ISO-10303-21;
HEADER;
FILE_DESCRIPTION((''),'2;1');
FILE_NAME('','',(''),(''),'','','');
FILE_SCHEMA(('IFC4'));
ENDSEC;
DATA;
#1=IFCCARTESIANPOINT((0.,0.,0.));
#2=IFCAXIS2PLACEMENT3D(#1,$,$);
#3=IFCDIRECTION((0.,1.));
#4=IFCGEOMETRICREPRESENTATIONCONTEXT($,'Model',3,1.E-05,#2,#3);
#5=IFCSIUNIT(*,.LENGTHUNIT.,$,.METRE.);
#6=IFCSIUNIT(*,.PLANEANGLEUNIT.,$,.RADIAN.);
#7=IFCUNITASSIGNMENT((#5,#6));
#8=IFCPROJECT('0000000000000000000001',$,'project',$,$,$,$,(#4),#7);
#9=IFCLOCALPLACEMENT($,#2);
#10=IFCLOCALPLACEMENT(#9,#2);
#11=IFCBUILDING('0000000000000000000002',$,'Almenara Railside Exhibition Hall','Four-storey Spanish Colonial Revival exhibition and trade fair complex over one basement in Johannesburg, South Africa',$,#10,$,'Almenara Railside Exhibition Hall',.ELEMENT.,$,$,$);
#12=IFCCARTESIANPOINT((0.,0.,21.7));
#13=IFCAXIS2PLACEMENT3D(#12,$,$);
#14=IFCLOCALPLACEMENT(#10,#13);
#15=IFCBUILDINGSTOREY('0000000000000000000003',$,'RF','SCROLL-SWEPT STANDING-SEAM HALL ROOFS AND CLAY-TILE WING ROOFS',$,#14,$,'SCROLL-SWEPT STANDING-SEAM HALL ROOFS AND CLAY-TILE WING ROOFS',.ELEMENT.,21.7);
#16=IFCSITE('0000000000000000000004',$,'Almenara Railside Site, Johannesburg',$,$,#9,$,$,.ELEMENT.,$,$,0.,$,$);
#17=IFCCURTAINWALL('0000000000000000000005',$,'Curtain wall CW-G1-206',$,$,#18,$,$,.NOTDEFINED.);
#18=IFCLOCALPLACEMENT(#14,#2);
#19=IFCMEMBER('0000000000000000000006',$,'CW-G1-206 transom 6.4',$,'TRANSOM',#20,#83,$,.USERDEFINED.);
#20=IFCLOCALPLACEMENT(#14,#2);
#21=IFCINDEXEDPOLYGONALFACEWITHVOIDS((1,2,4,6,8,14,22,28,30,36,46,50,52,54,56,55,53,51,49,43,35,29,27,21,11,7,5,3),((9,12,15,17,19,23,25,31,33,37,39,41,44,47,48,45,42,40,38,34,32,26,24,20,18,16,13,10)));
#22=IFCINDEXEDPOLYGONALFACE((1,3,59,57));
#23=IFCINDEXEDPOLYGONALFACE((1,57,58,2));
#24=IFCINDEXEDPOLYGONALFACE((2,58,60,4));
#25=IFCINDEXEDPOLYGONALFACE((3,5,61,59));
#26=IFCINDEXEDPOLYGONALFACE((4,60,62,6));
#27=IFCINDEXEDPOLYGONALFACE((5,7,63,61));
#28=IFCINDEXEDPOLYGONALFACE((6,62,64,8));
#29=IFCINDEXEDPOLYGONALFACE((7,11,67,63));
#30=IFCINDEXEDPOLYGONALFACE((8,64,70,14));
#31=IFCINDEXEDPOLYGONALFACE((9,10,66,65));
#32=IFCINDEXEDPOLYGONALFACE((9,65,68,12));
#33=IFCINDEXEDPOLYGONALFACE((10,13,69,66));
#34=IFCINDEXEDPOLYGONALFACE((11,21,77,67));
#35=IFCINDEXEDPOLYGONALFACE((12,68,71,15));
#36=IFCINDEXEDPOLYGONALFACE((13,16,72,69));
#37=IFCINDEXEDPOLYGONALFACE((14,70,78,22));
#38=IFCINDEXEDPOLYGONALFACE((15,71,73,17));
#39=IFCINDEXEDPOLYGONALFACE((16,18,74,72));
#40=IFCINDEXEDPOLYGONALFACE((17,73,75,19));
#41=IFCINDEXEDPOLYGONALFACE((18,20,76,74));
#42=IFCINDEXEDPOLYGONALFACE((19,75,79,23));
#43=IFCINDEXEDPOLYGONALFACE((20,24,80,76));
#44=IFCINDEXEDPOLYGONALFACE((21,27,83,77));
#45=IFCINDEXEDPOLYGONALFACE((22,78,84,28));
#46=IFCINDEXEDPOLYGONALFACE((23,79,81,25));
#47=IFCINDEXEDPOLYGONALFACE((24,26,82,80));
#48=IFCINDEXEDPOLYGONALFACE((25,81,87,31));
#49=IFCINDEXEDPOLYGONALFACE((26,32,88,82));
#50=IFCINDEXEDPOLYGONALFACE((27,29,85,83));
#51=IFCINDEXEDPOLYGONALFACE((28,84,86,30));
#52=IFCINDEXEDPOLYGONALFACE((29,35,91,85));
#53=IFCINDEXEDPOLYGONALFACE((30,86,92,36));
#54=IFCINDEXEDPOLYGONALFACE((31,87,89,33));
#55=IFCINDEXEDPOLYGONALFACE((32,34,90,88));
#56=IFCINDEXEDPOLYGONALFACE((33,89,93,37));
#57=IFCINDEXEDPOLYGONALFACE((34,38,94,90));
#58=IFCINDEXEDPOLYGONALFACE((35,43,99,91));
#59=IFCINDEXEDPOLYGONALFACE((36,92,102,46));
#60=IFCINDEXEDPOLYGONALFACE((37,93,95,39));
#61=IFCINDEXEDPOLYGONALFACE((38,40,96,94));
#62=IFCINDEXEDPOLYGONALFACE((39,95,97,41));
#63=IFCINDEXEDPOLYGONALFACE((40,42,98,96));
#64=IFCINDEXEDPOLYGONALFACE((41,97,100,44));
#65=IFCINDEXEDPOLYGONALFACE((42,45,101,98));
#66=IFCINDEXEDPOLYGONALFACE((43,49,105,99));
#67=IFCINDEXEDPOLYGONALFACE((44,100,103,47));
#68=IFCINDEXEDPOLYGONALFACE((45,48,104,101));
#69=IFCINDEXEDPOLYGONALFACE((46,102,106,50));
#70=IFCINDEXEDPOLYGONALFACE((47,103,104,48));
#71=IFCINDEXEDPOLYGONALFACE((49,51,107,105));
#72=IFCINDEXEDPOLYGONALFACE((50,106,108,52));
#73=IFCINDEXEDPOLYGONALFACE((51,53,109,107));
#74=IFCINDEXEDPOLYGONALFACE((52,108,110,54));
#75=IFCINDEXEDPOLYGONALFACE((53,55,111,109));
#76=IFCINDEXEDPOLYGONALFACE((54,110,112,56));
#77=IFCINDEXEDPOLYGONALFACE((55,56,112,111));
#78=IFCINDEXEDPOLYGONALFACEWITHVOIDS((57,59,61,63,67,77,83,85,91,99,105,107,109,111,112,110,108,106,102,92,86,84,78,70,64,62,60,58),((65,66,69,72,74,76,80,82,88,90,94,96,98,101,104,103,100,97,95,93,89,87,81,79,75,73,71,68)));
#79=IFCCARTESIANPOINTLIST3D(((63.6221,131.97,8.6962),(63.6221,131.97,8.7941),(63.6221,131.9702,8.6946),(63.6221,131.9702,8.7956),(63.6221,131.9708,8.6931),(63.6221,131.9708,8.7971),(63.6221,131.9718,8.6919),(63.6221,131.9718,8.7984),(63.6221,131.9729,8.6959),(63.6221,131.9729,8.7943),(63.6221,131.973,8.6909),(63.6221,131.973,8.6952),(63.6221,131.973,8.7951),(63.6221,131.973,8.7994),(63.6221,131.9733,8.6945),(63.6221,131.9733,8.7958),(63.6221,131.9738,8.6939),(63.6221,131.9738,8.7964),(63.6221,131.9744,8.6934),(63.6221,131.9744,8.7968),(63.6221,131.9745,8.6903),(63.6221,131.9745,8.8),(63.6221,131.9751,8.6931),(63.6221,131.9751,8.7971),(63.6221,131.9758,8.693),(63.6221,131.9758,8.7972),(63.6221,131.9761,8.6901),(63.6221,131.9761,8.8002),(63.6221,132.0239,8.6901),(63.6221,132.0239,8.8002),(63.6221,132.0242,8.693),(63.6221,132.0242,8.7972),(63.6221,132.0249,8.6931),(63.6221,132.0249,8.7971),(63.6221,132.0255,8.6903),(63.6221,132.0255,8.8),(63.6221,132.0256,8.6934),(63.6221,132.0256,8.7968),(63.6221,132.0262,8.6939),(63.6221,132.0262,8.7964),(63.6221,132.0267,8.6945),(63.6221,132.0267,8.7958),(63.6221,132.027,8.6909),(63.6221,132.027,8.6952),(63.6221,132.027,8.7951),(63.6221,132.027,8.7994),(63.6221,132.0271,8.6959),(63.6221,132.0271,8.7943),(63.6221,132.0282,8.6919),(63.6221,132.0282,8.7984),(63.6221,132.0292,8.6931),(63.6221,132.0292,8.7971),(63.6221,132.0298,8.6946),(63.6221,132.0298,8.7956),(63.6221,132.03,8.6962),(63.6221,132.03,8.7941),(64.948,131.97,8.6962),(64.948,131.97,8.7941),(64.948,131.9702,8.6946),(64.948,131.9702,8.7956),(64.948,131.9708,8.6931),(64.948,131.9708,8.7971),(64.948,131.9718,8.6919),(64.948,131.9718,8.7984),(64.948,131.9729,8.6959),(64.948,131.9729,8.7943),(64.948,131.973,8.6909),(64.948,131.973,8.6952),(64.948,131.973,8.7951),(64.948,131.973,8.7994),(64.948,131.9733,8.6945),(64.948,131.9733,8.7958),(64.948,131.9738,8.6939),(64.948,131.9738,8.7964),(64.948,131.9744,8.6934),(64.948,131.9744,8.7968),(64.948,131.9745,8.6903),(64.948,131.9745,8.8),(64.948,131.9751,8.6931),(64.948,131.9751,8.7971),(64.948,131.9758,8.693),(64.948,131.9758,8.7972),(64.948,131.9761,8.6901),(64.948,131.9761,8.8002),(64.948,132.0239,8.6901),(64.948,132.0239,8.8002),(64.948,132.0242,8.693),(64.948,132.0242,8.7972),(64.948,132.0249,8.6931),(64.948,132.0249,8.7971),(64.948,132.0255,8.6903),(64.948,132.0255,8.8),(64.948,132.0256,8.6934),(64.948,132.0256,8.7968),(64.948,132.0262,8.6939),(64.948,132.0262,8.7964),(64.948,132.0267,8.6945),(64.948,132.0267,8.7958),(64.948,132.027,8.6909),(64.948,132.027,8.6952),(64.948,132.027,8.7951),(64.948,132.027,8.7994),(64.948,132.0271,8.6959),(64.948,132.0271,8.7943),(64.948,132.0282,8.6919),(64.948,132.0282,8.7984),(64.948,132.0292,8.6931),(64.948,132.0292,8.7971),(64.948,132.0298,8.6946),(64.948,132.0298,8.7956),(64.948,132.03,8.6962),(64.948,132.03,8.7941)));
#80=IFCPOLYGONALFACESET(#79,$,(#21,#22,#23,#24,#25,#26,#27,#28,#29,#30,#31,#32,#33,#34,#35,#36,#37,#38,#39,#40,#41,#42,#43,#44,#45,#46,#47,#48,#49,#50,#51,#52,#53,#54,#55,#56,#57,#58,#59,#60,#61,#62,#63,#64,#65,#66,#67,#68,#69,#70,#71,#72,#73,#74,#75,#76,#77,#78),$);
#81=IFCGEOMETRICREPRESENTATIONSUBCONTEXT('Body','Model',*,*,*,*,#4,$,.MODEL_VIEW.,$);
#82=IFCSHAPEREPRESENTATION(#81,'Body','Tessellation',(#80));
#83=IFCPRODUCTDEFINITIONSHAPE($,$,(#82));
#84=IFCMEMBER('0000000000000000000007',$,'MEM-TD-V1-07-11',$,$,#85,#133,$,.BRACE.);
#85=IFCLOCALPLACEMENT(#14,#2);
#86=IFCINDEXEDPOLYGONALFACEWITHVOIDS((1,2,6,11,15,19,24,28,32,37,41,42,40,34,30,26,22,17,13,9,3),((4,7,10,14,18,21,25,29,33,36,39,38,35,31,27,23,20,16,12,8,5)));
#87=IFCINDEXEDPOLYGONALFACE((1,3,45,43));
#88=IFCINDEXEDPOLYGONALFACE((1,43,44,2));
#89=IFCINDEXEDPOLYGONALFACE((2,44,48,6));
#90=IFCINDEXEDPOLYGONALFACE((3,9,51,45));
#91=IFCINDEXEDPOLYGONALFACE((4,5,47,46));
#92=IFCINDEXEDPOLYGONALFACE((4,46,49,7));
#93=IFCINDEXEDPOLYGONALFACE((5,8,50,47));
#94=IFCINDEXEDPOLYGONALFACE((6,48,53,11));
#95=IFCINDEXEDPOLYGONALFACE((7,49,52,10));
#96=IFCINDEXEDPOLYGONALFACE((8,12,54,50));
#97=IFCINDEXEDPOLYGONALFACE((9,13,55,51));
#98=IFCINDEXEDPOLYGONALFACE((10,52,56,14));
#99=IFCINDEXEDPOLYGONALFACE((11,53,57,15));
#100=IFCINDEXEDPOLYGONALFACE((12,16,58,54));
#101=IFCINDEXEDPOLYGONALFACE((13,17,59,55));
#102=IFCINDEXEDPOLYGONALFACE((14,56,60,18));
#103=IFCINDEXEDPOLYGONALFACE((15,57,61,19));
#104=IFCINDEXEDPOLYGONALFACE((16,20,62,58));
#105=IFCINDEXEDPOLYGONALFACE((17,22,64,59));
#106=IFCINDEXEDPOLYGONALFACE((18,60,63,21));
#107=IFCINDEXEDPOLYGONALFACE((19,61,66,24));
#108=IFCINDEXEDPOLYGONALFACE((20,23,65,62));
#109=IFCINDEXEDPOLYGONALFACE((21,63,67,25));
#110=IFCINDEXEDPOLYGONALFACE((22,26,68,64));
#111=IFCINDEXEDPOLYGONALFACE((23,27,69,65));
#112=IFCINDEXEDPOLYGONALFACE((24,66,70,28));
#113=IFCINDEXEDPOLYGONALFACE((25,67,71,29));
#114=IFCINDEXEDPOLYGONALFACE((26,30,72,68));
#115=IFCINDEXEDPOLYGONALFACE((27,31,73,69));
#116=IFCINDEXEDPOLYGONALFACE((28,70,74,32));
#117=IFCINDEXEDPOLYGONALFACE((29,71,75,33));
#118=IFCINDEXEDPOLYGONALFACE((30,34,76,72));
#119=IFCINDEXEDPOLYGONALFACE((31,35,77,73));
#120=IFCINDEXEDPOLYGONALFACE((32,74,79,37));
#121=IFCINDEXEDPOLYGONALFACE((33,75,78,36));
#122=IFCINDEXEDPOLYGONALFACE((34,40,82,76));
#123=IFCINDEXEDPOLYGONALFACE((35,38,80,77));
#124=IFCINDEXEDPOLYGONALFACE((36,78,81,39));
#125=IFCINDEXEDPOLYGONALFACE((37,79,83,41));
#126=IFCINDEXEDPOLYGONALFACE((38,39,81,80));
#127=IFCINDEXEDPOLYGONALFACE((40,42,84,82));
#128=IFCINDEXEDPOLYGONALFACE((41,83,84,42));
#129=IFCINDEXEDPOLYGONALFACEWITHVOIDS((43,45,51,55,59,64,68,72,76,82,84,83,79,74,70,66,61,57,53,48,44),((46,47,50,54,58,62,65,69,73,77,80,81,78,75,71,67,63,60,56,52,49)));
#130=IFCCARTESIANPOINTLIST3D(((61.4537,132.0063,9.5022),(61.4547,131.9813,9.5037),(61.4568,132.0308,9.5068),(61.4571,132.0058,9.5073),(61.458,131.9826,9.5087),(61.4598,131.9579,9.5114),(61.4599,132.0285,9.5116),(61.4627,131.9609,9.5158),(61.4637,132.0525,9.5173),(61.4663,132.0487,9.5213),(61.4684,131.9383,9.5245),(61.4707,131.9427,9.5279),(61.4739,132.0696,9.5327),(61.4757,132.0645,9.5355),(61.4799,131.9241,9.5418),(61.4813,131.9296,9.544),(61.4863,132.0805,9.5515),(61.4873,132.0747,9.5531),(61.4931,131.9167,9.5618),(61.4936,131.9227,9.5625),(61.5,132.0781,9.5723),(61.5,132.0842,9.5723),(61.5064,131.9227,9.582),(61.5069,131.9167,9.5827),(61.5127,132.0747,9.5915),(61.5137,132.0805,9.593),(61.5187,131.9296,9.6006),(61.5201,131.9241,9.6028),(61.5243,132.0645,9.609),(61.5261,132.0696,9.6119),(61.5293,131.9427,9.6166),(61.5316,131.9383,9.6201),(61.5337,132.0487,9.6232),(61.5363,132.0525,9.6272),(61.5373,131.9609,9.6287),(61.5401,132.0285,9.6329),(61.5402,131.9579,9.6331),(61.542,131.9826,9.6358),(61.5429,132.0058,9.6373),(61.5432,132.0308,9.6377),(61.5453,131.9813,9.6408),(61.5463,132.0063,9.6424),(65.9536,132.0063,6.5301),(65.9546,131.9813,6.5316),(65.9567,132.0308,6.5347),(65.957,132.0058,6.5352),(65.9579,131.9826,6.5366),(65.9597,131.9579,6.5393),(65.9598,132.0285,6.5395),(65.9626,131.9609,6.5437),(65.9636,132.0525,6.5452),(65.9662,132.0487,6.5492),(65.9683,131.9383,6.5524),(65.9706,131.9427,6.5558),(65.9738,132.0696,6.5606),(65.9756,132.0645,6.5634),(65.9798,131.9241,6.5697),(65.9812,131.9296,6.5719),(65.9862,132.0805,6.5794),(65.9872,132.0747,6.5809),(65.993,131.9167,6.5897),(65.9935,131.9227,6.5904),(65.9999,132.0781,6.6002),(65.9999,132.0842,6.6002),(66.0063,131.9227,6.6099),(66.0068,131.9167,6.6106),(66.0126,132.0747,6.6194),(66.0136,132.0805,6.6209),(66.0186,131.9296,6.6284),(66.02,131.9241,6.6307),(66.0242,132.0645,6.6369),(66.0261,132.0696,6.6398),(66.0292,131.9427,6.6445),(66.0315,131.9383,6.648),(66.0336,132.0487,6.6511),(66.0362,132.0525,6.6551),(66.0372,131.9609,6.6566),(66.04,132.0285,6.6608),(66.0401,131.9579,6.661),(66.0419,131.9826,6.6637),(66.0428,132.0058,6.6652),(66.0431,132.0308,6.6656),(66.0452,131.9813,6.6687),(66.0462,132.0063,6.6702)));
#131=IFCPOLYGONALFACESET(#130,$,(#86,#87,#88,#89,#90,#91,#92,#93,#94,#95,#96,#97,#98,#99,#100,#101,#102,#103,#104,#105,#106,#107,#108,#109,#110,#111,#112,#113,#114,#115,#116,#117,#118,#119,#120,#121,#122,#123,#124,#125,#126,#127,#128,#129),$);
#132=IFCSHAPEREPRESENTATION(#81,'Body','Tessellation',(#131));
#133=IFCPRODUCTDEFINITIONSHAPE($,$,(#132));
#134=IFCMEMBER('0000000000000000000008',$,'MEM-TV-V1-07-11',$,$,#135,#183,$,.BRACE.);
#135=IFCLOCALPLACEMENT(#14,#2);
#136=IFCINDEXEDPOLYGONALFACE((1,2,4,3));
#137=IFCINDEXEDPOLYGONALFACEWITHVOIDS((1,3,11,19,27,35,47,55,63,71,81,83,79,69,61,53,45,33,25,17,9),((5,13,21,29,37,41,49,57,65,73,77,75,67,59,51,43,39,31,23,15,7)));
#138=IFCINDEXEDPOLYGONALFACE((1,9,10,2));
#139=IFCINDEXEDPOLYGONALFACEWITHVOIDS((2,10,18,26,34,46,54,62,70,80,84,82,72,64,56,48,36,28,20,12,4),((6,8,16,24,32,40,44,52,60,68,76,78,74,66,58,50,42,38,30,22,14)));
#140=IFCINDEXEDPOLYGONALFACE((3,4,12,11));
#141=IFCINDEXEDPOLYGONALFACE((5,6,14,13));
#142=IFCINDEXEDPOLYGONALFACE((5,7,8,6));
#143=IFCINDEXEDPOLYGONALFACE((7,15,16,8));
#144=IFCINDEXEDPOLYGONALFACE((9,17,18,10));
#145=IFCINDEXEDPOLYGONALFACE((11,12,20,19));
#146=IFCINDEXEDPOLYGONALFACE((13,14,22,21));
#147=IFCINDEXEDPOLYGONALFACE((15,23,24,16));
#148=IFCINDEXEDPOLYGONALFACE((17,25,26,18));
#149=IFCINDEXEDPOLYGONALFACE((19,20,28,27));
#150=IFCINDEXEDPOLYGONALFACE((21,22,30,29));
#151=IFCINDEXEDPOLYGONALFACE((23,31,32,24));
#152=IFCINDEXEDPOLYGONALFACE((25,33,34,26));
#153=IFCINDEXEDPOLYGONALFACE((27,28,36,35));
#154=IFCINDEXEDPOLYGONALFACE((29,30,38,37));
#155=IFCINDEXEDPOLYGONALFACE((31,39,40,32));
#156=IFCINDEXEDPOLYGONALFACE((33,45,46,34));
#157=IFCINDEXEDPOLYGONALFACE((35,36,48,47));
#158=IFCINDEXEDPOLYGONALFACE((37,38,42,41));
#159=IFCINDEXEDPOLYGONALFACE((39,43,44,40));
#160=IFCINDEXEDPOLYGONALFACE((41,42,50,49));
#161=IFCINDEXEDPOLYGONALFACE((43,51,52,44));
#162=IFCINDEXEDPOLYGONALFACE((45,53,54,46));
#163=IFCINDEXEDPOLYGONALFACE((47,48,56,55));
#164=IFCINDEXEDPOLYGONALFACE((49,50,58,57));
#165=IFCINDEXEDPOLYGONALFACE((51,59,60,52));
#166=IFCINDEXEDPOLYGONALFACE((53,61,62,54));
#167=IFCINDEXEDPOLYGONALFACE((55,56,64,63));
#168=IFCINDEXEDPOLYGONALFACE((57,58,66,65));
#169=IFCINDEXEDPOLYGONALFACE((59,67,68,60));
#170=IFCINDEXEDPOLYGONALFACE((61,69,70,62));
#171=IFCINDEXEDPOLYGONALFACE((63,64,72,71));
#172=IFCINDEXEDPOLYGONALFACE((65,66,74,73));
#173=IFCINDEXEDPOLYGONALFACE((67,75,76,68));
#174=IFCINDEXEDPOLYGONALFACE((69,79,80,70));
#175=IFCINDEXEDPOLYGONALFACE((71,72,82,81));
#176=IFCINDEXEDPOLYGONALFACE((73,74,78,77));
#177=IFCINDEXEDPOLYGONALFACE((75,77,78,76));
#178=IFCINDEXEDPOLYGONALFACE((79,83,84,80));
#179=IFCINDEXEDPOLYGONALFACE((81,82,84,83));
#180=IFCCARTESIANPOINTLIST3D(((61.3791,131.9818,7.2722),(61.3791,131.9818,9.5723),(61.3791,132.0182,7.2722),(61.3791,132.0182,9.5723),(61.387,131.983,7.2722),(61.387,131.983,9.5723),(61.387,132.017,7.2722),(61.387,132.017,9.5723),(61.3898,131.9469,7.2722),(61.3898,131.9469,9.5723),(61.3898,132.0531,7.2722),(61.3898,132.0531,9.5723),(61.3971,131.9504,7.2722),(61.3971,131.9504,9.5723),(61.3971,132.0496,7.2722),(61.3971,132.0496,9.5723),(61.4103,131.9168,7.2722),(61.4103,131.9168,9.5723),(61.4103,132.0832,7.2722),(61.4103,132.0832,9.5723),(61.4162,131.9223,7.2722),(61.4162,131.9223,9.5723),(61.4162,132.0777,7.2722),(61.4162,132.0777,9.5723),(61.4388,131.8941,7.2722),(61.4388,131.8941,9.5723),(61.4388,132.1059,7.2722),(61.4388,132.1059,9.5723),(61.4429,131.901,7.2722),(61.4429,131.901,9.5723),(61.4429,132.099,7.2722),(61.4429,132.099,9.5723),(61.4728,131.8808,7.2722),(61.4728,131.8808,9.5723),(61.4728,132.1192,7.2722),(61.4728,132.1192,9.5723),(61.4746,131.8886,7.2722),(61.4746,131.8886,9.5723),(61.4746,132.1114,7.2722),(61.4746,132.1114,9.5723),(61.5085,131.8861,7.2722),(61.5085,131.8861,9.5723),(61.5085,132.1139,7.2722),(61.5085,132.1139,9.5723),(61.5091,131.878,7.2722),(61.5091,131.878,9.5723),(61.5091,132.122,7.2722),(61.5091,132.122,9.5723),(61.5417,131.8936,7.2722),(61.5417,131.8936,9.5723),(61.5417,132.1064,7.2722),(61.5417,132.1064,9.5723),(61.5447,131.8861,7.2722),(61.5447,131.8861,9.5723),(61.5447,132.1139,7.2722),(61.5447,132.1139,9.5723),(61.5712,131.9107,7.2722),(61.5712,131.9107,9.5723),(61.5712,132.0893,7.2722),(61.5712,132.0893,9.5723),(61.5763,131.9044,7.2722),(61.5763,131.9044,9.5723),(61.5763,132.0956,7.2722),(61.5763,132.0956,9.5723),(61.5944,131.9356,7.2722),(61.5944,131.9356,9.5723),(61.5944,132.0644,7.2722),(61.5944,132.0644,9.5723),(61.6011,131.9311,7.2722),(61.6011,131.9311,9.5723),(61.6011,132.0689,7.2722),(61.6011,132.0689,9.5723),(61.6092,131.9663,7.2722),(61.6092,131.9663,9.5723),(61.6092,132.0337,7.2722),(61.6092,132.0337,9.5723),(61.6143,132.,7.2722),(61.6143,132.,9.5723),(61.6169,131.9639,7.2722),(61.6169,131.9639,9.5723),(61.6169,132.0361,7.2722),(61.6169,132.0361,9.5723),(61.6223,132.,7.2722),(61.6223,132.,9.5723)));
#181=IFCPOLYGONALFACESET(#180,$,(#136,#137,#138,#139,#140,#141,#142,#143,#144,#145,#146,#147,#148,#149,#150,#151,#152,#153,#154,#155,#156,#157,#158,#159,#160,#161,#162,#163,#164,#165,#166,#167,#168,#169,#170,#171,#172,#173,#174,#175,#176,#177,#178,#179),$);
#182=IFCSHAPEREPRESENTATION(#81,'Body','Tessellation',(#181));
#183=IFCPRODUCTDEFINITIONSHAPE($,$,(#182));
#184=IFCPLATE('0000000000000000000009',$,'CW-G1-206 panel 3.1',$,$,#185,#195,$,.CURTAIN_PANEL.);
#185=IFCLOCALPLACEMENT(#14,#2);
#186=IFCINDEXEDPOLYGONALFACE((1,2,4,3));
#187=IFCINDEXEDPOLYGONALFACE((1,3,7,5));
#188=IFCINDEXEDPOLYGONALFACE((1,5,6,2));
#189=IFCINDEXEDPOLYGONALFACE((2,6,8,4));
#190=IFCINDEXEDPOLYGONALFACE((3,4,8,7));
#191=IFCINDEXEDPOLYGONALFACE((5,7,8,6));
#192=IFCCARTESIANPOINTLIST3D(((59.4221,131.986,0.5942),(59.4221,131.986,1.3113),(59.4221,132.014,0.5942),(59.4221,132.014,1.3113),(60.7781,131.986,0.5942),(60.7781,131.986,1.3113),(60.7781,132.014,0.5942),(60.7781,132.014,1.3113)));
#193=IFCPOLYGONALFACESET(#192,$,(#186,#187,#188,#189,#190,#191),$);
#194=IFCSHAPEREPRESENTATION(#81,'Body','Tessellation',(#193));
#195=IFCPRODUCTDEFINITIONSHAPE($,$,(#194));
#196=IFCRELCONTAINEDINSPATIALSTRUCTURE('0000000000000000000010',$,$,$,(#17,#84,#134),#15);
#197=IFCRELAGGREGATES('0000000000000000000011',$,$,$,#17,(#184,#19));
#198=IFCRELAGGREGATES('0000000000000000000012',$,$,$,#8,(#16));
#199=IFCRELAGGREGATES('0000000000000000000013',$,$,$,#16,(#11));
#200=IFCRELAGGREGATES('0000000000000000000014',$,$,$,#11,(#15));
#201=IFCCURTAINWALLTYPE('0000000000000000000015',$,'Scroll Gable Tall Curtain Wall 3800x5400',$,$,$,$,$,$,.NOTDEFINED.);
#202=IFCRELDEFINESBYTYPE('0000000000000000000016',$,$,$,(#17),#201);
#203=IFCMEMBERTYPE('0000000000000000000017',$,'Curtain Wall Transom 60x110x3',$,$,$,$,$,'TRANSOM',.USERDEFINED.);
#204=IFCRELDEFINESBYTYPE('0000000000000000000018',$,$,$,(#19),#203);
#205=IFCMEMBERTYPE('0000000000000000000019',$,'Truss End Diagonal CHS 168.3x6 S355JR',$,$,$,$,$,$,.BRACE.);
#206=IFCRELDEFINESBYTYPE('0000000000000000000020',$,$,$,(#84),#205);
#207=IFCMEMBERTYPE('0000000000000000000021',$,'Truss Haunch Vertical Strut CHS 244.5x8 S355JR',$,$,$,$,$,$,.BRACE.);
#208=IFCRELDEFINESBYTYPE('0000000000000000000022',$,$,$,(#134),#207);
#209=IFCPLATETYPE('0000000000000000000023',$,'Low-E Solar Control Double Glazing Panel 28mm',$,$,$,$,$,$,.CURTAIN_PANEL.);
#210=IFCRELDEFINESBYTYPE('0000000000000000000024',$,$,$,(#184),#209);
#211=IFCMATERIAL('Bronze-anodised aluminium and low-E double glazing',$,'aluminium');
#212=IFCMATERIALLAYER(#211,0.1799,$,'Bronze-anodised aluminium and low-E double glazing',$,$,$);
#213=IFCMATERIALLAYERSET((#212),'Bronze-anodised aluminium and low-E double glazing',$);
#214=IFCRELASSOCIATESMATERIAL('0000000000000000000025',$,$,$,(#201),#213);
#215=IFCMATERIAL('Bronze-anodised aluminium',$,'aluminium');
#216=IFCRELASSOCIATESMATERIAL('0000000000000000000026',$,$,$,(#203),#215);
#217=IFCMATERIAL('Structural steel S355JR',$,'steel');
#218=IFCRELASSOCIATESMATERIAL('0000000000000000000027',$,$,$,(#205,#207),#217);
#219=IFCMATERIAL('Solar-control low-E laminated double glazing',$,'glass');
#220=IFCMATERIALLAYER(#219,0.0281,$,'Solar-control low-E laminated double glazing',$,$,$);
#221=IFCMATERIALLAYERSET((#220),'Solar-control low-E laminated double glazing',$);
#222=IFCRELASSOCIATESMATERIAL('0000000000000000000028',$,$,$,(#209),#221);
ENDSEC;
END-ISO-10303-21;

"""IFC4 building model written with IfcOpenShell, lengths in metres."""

from ifc_helpers import new_model, si_unit, direction, frame, origin, origin_2d, place, context, subcontext, project, spatial, rectangle, hollow_rectangle, hollow_circle, extrude, material, layer, layer_set, material_profile, profile_set, type_object, element, aggregate, save


model = new_model("IFC4")

# Units and contexts
model_context = context("Model", 3, precision=1e-05, world=origin(), true_north=direction((0.0, 1.0)))
body_context = subcontext(model_context, "Body", "Model", "MODEL_VIEW")
ifc_project = project(units=[si_unit("LENGTHUNIT", "METRE"), si_unit("PLANEANGLEUNIT", "RADIAN")], contexts=[model_context])

# Site, building, storey
site_placement = place(None, origin())
site = spatial("IfcSite", under=ifc_project, at=site_placement, Name="Almenara Railside Site, Johannesburg", CompositionType="ELEMENT", RefElevation=0.0)
building_placement = place(site_placement, origin())
building = spatial("IfcBuilding", under=site, at=building_placement, Name="Almenara Railside Exhibition Hall", Description="Four-storey Spanish Colonial Revival exhibition and trade fair complex over one basement in Johannesburg, South Africa", LongName="Almenara Railside Exhibition Hall", CompositionType="ELEMENT")
storey_placement = place(building_placement, frame((0.0, 0.0, 21.7)))
storey = spatial("IfcBuildingStorey", under=building, at=storey_placement, Name="RF", Description="SCROLL-SWEPT STANDING-SEAM HALL ROOFS AND CLAY-TILE WING ROOFS", LongName="SCROLL-SWEPT STANDING-SEAM HALL ROOFS AND CLAY-TILE WING ROOFS", CompositionType="ELEMENT", Elevation=21.7)

# Shared definitions
ifc_material_1 = material(Name="Structural steel S355JR", Category="steel")

# Curtain wall, member
ifc_material_2 = material(Name="Bronze-anodised aluminium and low-E double glazing", Category="aluminium")
ifc_layer_1 = layer(ifc_material_2, 0.1799, Name="Bronze-anodised aluminium and low-E double glazing")
ifc_layer_set_1 = layer_set([ifc_layer_1], Name="Bronze-anodised aluminium and low-E double glazing")
curtain_wall_type = type_object("IfcCurtainWallType", Name="Scroll Gable Tall Curtain Wall 3800x5400", PredefinedType="NOTDEFINED", material=ifc_layer_set_1)
curtain_wall_placement = place(storey_placement, origin())
curtain_wall = element("IfcCurtainWall", 1, at=curtain_wall_placement, inside=storey, type_object=curtain_wall_type, Name="Curtain wall CW-G1-206", PredefinedType="NOTDEFINED")
ifc_material_3 = material(Name="Bronze-anodised aluminium", Category="aluminium")
ifc_material_profile_1 = material_profile(ifc_material_3, hollow_rectangle(XDim=0.0601, YDim=0.1101, WallThickness=0.0029, InnerFilletRadius=0.0029, OuterFilletRadius=0.0061, at=origin_2d()), Name="ALU-TRN 60x110x3")
ifc_profile_set_1 = profile_set([ifc_material_profile_1], Name="Bronze-anodised aluminium")
member_type_1 = type_object("IfcMemberType", Name="Curtain Wall Transom 60x110x3", ElementType="TRANSOM", PredefinedType="USERDEFINED", material=ifc_profile_set_1)
member_1_placement = place(storey_placement, frame((63.6221, 132.0, 8.7451), z_axis=(1.0, 0.0, 0.0), x_axis=(0.0, 1.0, 0.0)))
member_1 = element("IfcMember", 2, at=member_1_placement, type_object=member_type_1, Name="CW-G1-206 transom 6.4", ObjectType="TRANSOM", PredefinedType="USERDEFINED", context=body_context, shape_type="SweptSolid", body=[
    extrude(hollow_rectangle(XDim=0.0601, YDim=0.1101, WallThickness=0.0029, InnerFilletRadius=0.0029, OuterFilletRadius=0.0061, at=origin_2d()), origin(), (0.0, 0.0, 1.0), 1.3259),
])

# Members
ifc_material_profile_2 = material_profile(ifc_material_1, hollow_circle(Radius=0.0842, WallThickness=0.0061, at=origin_2d()), Name="CHS 168.3x6")
ifc_profile_set_2 = profile_set([ifc_material_profile_2], Name="Structural steel S355JR")
member_type_2 = type_object("IfcMemberType", Name="Truss End Diagonal CHS 168.3x6 S355JR", PredefinedType="BRACE", material=ifc_profile_set_2)
member_2_placement = place(storey_placement, frame((61.5, 132.0, 9.5723), z_axis=(0.834425, 0.0, -0.551122), x_axis=(0.0, 1.0, 0.0)))
element("IfcMember", 3, at=member_2_placement, inside=storey, type_object=member_type_2, Name="MEM-TD-V1-07-11", PredefinedType="BRACE", context=body_context, shape_type="SweptSolid", body=[
    extrude(hollow_circle(Radius=0.0842, WallThickness=0.0061, at=origin_2d()), origin(), (0.0, 0.0, 1.0), 5.3928),
])
ifc_material_profile_3 = material_profile(ifc_material_1, hollow_circle(Radius=0.1223, WallThickness=0.0081, at=origin_2d()), Name="CHS 244.5x8")
ifc_profile_set_3 = profile_set([ifc_material_profile_3], Name="Structural steel S355JR")
member_type_3 = type_object("IfcMemberType", Name="Truss Haunch Vertical Strut CHS 244.5x8 S355JR", PredefinedType="BRACE", material=ifc_profile_set_3)
member_3_placement = place(storey_placement, frame((61.5, 132.0, 7.2722), z_axis=(0.0, 0.0, 1.0), x_axis=(1.0, 0.0, 0.0)))
element("IfcMember", 4, at=member_3_placement, inside=storey, type_object=member_type_3, Name="MEM-TV-V1-07-11", PredefinedType="BRACE", context=body_context, shape_type="SweptSolid", body=[
    extrude(hollow_circle(Radius=0.1223, WallThickness=0.0081, at=origin_2d()), origin(), (0.0, 0.0, 1.0), 2.3),
])

# Plate
ifc_material_4 = material(Name="Solar-control low-E laminated double glazing", Category="glass")
ifc_layer_2 = layer(ifc_material_4, 0.0281, Name="Solar-control low-E laminated double glazing")
ifc_layer_set_2 = layer_set([ifc_layer_2], Name="Solar-control low-E laminated double glazing")
plate_type = type_object("IfcPlateType", Name="Low-E Solar Control Double Glazing Panel 28mm", PredefinedType="CURTAIN_PANEL", material=ifc_layer_set_2)
plate_1_placement = place(storey_placement, frame((60.1001, 132.0, 0.5942), z_axis=(0.0, 0.0, 1.0), x_axis=(1.0, 0.0, 0.0)))
plate_1 = element("IfcPlate", 5, at=plate_1_placement, type_object=plate_type, Name="CW-G1-206 panel 3.1", PredefinedType="CURTAIN_PANEL", context=body_context, shape_type="SweptSolid", body=[
    extrude(rectangle(XDim=1.356, YDim=0.0281, at=origin_2d()), origin(), (0.0, 0.0, 1.0), 0.717),
])
aggregate(curtain_wall, [plate_1, member_1])

save(model, "model.ifc")
